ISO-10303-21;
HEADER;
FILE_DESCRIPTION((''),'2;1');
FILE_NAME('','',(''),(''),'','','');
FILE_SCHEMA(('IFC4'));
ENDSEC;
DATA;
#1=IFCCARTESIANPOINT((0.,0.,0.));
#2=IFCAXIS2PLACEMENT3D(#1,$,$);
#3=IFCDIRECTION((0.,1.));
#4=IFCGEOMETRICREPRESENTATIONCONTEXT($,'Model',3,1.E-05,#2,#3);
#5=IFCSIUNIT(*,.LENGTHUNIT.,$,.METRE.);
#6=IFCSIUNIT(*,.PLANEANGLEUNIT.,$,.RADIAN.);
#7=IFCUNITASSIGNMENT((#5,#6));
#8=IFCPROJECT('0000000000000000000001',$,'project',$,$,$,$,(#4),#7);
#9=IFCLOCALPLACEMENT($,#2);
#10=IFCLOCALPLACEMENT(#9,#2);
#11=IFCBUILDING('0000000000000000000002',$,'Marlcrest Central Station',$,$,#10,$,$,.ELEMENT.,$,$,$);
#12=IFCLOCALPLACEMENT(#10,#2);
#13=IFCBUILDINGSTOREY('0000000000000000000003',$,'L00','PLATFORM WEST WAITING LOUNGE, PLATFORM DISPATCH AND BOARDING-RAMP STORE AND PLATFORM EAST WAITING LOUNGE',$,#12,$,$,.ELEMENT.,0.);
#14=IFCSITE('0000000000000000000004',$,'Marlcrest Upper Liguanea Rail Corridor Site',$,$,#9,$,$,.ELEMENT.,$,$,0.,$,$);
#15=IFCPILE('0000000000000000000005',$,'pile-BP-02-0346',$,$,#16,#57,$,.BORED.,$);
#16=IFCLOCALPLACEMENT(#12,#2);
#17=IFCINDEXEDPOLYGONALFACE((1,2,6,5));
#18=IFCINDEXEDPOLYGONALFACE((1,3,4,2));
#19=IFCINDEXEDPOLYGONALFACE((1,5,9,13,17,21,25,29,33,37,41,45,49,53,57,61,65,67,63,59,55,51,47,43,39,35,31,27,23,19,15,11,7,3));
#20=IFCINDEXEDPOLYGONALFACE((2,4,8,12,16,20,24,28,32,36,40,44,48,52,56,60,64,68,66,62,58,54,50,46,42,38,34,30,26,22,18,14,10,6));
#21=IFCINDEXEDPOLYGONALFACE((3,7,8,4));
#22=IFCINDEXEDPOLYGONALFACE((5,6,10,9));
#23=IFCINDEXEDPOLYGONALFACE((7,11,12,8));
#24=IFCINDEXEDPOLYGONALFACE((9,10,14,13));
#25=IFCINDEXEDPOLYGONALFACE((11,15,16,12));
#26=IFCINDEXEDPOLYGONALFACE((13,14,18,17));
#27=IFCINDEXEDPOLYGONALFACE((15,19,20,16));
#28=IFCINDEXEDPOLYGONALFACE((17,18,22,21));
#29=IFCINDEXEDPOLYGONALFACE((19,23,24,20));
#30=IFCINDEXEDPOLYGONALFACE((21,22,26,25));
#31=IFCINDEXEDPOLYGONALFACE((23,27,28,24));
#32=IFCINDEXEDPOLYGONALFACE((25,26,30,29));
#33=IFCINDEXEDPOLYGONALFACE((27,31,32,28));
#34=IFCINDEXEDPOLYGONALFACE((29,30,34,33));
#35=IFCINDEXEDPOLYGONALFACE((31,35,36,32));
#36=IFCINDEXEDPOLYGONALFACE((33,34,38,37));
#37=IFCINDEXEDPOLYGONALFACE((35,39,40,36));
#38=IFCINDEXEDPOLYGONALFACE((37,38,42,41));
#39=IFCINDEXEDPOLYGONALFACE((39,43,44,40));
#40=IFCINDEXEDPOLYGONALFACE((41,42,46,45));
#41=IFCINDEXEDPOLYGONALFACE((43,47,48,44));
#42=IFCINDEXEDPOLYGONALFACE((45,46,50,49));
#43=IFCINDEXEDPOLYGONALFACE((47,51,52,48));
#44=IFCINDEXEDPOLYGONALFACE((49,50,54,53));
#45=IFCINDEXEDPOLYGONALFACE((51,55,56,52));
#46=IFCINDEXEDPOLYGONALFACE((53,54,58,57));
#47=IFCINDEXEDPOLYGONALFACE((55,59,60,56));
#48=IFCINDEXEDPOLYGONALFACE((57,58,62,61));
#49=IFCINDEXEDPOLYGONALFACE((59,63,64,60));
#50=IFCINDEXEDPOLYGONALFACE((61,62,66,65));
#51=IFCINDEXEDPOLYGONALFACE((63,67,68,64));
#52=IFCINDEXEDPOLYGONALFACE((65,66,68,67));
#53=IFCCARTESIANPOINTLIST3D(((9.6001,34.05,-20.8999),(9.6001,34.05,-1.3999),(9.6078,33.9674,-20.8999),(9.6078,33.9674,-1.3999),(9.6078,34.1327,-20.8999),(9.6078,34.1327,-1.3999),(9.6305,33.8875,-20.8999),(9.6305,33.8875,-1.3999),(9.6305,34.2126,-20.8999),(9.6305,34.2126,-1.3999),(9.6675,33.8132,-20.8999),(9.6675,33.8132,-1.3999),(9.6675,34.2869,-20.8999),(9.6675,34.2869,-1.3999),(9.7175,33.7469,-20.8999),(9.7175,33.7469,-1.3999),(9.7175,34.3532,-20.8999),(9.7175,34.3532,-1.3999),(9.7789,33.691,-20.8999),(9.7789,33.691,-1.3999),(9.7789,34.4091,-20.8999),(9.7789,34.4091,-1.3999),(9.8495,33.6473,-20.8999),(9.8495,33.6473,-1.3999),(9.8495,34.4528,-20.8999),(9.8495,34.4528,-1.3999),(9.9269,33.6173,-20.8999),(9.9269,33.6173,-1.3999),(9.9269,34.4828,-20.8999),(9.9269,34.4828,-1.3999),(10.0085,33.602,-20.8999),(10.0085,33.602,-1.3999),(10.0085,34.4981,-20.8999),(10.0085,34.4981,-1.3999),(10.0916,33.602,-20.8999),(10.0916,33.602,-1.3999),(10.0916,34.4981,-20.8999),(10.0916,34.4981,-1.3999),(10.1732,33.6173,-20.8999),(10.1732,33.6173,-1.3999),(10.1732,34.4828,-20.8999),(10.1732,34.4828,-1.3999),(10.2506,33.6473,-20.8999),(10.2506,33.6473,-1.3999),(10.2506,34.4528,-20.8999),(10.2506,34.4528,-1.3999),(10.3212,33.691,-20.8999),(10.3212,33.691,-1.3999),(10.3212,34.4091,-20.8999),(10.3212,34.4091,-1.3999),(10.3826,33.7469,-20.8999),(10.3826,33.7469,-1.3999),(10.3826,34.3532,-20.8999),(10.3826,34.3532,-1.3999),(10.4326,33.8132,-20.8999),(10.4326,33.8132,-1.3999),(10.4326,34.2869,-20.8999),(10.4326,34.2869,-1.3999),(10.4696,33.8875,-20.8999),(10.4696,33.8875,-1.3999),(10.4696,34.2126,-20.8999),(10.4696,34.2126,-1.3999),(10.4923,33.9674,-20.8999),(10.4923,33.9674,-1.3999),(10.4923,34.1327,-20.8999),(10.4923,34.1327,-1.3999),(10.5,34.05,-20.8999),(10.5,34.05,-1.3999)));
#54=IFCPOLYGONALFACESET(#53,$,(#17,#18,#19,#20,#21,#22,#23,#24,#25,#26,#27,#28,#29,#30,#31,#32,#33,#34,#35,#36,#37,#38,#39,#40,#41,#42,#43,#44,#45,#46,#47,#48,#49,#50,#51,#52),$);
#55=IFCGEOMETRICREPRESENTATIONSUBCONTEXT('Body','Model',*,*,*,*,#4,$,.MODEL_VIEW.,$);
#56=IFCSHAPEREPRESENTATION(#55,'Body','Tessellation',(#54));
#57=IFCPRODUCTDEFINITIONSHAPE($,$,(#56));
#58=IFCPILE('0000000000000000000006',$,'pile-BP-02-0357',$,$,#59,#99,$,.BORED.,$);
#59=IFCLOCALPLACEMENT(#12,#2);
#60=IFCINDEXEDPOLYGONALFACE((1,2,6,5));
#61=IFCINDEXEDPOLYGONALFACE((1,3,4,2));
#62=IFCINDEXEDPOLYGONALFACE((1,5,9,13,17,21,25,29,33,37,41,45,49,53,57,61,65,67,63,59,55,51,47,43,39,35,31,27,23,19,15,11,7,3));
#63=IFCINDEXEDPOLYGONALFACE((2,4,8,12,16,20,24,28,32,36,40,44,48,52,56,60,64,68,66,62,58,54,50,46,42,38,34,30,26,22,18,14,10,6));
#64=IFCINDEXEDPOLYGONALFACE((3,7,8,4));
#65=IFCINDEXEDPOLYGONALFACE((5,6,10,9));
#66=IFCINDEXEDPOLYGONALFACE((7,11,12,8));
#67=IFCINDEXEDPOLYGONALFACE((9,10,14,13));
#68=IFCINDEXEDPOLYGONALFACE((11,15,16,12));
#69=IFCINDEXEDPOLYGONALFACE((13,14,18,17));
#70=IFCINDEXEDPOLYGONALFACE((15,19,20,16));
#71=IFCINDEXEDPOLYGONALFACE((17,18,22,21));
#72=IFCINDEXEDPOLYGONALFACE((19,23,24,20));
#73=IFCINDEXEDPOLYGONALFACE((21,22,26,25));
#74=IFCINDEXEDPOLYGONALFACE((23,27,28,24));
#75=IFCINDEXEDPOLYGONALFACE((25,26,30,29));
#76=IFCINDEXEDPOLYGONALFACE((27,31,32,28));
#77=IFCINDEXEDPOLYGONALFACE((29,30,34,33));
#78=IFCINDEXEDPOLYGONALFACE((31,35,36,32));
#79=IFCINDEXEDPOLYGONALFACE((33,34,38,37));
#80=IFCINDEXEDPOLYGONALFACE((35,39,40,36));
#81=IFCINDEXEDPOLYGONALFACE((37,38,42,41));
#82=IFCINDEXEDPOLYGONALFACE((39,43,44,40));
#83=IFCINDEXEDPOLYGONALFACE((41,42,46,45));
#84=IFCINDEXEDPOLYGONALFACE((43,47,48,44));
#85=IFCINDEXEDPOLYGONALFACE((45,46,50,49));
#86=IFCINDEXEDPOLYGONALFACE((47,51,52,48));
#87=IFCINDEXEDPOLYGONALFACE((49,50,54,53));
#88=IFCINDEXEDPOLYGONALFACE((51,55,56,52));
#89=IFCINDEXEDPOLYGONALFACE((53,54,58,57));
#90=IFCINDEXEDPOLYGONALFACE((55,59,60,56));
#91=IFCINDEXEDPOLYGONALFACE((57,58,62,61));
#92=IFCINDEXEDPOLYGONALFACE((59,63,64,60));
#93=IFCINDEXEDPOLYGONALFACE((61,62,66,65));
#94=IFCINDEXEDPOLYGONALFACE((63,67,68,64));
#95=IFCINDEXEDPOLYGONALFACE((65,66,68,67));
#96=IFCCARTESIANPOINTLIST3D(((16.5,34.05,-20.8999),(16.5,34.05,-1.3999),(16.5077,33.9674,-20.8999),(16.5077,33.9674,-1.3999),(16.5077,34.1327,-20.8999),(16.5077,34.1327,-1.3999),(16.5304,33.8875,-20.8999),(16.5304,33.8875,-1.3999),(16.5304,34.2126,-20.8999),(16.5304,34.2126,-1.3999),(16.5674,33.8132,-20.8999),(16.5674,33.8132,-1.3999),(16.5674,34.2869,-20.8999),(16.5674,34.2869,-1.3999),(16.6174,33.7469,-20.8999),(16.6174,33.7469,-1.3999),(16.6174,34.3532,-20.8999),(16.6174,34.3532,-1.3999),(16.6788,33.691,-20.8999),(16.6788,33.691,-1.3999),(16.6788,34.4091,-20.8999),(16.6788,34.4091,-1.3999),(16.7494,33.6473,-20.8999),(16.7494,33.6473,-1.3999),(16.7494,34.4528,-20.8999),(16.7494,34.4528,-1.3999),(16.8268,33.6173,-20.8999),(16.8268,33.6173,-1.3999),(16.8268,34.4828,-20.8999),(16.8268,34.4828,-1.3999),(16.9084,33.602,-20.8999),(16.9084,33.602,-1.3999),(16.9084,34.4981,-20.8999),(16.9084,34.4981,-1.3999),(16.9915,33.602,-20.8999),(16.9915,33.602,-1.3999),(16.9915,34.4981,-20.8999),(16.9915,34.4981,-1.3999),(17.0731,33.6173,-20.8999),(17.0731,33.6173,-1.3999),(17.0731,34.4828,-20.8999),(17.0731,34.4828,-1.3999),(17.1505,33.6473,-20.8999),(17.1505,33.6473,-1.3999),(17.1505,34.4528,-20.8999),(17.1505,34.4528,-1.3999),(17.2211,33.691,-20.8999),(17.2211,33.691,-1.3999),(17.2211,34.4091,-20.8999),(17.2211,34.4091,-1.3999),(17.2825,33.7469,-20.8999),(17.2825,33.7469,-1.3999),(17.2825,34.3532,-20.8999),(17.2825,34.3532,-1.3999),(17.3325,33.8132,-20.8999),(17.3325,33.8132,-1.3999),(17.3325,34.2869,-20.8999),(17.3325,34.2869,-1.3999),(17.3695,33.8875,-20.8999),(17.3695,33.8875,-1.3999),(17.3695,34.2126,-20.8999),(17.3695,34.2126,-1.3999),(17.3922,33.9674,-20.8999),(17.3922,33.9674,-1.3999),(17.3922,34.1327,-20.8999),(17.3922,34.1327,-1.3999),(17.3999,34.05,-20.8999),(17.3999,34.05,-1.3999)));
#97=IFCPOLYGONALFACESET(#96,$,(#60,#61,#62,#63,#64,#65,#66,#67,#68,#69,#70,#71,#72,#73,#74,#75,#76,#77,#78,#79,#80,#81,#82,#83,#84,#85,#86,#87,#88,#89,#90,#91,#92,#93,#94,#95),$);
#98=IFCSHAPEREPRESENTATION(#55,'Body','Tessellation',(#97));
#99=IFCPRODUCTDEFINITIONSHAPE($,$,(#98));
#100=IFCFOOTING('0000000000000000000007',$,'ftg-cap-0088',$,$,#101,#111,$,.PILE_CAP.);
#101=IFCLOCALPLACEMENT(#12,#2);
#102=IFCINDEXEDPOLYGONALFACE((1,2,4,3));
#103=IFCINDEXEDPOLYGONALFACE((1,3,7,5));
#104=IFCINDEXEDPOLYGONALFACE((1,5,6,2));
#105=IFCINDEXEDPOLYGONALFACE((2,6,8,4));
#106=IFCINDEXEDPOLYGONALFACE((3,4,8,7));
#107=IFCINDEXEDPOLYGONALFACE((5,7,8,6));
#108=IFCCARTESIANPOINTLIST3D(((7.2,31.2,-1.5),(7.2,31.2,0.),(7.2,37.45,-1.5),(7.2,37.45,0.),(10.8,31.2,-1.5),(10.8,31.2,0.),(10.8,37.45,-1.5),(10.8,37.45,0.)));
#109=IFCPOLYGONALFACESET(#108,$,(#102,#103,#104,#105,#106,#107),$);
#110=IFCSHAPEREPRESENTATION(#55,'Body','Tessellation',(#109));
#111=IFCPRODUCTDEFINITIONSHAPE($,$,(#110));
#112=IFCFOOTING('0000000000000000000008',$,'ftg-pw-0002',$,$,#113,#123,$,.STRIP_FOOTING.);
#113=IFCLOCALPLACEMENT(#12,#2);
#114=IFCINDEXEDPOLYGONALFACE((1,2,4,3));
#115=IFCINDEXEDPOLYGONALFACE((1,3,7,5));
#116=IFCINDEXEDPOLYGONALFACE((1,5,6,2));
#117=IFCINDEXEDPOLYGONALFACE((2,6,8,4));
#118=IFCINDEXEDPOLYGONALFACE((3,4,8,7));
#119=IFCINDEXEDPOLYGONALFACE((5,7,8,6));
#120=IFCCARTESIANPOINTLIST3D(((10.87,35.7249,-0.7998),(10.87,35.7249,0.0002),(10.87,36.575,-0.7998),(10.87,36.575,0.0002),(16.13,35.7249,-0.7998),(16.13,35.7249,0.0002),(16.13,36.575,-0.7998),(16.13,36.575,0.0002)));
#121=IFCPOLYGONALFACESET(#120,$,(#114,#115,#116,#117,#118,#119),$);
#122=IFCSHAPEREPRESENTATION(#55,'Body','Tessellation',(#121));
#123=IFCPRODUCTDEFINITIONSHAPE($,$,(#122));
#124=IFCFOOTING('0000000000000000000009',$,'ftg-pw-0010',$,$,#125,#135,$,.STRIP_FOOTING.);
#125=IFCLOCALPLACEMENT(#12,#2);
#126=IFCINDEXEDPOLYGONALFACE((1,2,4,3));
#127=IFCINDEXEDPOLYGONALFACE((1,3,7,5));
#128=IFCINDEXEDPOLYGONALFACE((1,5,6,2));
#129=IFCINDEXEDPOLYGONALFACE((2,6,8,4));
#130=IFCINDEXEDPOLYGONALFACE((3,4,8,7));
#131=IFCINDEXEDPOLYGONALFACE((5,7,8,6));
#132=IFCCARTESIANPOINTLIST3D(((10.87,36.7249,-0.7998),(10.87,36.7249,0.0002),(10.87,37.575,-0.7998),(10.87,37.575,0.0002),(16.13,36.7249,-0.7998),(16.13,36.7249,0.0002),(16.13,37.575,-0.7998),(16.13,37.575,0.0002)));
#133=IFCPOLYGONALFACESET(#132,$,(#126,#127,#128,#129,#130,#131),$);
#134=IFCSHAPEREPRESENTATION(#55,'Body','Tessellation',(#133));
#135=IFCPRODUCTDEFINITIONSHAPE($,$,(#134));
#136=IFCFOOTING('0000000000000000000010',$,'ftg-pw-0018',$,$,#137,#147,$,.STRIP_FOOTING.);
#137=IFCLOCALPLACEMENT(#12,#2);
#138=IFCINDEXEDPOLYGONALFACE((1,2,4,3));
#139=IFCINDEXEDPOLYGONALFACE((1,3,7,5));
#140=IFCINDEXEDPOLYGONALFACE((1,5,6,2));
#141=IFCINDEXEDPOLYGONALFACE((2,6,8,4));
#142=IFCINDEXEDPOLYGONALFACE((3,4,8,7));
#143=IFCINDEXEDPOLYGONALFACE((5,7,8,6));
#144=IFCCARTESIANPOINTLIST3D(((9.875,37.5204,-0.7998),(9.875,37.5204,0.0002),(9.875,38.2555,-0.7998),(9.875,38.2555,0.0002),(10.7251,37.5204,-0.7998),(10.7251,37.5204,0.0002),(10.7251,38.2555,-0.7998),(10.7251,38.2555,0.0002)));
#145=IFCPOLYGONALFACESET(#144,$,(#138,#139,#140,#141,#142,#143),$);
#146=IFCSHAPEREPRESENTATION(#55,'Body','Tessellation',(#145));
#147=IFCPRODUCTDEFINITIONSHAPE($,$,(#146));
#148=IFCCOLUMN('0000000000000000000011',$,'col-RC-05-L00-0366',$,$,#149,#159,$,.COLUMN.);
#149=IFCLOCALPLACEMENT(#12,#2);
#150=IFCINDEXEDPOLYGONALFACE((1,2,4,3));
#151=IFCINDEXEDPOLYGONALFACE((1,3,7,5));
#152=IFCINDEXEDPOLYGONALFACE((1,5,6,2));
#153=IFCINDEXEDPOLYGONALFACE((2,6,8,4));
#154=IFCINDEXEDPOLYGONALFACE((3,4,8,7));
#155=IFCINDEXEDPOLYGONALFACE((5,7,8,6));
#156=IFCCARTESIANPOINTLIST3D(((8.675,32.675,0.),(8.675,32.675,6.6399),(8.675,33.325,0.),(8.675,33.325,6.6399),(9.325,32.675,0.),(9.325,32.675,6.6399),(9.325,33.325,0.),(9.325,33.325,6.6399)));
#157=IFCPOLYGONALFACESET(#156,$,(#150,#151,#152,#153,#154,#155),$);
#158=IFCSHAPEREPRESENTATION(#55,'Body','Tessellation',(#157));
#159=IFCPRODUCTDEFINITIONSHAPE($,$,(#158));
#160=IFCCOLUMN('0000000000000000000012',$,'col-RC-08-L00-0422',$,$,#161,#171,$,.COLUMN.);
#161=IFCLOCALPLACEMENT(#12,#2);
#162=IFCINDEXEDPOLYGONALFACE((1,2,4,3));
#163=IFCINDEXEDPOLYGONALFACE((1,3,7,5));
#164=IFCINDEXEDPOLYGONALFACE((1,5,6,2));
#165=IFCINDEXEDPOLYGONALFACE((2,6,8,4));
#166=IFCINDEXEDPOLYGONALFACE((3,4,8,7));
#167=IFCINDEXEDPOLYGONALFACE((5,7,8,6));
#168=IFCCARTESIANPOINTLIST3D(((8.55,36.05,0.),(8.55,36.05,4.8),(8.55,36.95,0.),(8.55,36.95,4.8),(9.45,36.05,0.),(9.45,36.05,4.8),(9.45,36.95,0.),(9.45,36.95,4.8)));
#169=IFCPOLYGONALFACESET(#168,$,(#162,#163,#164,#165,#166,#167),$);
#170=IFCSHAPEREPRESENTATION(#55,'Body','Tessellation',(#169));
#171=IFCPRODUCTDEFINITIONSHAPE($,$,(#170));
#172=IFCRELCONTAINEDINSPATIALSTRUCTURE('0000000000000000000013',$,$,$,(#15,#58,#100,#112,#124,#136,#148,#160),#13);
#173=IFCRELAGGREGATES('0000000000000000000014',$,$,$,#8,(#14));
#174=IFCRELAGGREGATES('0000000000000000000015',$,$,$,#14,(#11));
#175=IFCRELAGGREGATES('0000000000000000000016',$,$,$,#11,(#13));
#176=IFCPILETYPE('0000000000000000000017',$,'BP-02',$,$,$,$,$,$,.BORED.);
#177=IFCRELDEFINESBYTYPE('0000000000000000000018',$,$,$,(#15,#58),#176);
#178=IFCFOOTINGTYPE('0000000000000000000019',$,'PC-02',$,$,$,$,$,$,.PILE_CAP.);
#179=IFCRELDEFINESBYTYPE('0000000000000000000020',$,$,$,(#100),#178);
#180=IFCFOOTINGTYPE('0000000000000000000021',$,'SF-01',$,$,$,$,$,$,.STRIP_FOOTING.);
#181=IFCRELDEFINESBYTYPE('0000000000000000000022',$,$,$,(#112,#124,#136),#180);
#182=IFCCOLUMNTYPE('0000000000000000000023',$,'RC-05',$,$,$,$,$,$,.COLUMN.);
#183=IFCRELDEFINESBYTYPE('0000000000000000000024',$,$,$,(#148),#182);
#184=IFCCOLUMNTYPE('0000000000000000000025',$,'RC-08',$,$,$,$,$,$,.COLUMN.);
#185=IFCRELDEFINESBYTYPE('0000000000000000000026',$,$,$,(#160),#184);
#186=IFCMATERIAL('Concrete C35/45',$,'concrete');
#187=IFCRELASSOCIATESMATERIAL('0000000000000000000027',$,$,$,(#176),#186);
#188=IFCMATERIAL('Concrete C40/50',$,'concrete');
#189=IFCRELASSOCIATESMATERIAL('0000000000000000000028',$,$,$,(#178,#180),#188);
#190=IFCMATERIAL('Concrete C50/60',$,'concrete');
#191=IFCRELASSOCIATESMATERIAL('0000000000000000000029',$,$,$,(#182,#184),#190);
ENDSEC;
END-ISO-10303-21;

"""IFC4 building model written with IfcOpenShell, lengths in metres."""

from ifc_helpers import new_model, si_unit, direction, frame, origin, origin_2d, place, context, subcontext, project, spatial, rectangle, circle, extrude, material, material_profile, profile_set, type_object, element, save


model = new_model("IFC4")

# Units and contexts
model_context = context("Model", 3, precision=1e-05, world=origin(), true_north=direction((0.0, 1.0)))
body_context = subcontext(model_context, "Body", "Model", "MODEL_VIEW")
ifc_project = project(units=[si_unit("LENGTHUNIT", "METRE"), si_unit("PLANEANGLEUNIT", "RADIAN")], contexts=[model_context])

# Site, building, storey
site_placement = place(None, origin())
site = spatial("IfcSite", under=ifc_project, at=site_placement, Name="Marlcrest Upper Liguanea Rail Corridor Site", CompositionType="ELEMENT", RefElevation=0.0)
building_placement = place(site_placement, origin())
building = spatial("IfcBuilding", under=site, at=building_placement, Name="Marlcrest Central Station", CompositionType="ELEMENT")
storey_placement = place(building_placement, origin())
storey = spatial("IfcBuildingStorey", under=building, at=storey_placement, Name="L00", Description="PLATFORM WEST WAITING LOUNGE, PLATFORM DISPATCH AND BOARDING-RAMP STORE AND PLATFORM EAST WAITING LOUNGE", CompositionType="ELEMENT", Elevation=0.0)

# Piles
ifc_material_1 = material(Name="Concrete C35/45", Category="concrete")
ifc_material_profile_1 = material_profile(ifc_material_1, circle(Radius=0.45, at=origin_2d()), Name="PILE D900")
ifc_profile_set_1 = profile_set([ifc_material_profile_1], Name="Concrete C35/45")
pile_type = type_object("IfcPileType", Name="BP-02", PredefinedType="BORED", material=ifc_profile_set_1)
for number, where, z_axis, x_axis, name in (
    (1, (10.05, 34.05, -1.3999), (0.0, 0.0, -1.0), (1.0, 0.0, 0.0), "pile-BP-02-0346"),
    (2, (16.95, 34.05, -1.3999), (0.0, 0.0, -1.0), (1.0, 0.0, 0.0), "pile-BP-02-0357"),
):
    element("IfcPile", number, at=place(storey_placement, frame(where, z_axis=z_axis, x_axis=x_axis)), inside=storey, type_object=pile_type, Name=name, PredefinedType="BORED", context=body_context, shape_type="SweptSolid", body=[
        extrude(circle(Radius=0.45, at=origin_2d()), origin(), (0.0, 0.0, 1.0), 19.5),
    ])

# Footings
ifc_material_2 = material(Name="Concrete C40/50", Category="concrete")
footing_type_1 = type_object("IfcFootingType", Name="PC-02", PredefinedType="PILE_CAP", material=ifc_material_2)
footing_1_placement = place(storey_placement, frame((9.0, 34.325, -1.5), z_axis=(0.0, 0.0, 1.0), x_axis=(1.0, 0.0, 0.0)))
element("IfcFooting", 3, at=footing_1_placement, inside=storey, type_object=footing_type_1, Name="ftg-cap-0088", PredefinedType="PILE_CAP", context=body_context, shape_type="SweptSolid", body=[
    extrude(rectangle(XDim=3.6001, YDim=6.25, at=origin_2d()), origin(), (0.0, 0.0, 1.0), 1.5),
])
footing_type_2 = type_object("IfcFootingType", Name="SF-01", PredefinedType="STRIP_FOOTING", material=ifc_material_2)
for number, where, z_axis, x_axis, name in (
    (4, (13.5, 36.1499, -0.7998), (0.0, 0.0, 1.0), (1.0, 0.0, 0.0), "ftg-pw-0002"),
    (5, (13.5, 37.1499, -0.7998), (0.0, 0.0, 1.0), (1.0, 0.0, 0.0), "ftg-pw-0010"),
):
    element("IfcFooting", number, at=place(storey_placement, frame(where, z_axis=z_axis, x_axis=x_axis)), inside=storey, type_object=footing_type_2, Name=name, PredefinedType="STRIP_FOOTING", context=body_context, shape_type="SweptSolid", body=[
        extrude(rectangle(XDim=5.26, YDim=0.8501, at=origin_2d()), origin(), (0.0, 0.0, 1.0), 0.8),
    ])
footing_2_placement = place(storey_placement, frame((10.3, 37.8879, -0.7998), z_axis=(0.0, 0.0, 1.0), x_axis=(1.0, 0.0, 0.0)))
element("IfcFooting", 6, at=footing_2_placement, inside=storey, type_object=footing_type_2, Name="ftg-pw-0018", PredefinedType="STRIP_FOOTING", context=body_context, shape_type="SweptSolid", body=[
    extrude(rectangle(XDim=0.8501, YDim=0.7351, at=origin_2d()), origin(), (0.0, 0.0, 1.0), 0.8),
])

# Columns
ifc_material_3 = material(Name="Concrete C50/60", Category="concrete")
ifc_material_profile_2 = material_profile(ifc_material_3, rectangle(XDim=0.6499, YDim=0.6499, at=origin_2d()), Name="RC 650x650")
ifc_profile_set_2 = profile_set([ifc_material_profile_2], Name="Concrete C50/60")
column_type_1 = type_object("IfcColumnType", Name="RC-05", PredefinedType="COLUMN", material=ifc_profile_set_2)
column_1_placement = place(storey_placement, frame((9.0, 33.0, 0.0), z_axis=(0.0, 0.0, 1.0), x_axis=(1.0, 0.0, 0.0)))
element("IfcColumn", 7, at=column_1_placement, inside=storey, type_object=column_type_1, Name="col-RC-05-L00-0366", PredefinedType="COLUMN", context=body_context, shape_type="SweptSolid", body=[
    extrude(rectangle(XDim=0.6499, YDim=0.6499, at=origin_2d()), origin(), (0.0, 0.0, 1.0), 6.6399),
])
ifc_material_profile_3 = material_profile(ifc_material_3, rectangle(XDim=0.8999, YDim=0.8999, at=origin_2d()), Name="RC 900x900")
ifc_profile_set_3 = profile_set([ifc_material_profile_3], Name="Concrete C50/60")
column_type_2 = type_object("IfcColumnType", Name="RC-08", PredefinedType="COLUMN", material=ifc_profile_set_3)
column_2_placement = place(storey_placement, frame((9.0, 36.5, 0.0), z_axis=(0.0, 0.0, 1.0), x_axis=(1.0, 0.0, 0.0)))
element("IfcColumn", 8, at=column_2_placement, inside=storey, type_object=column_type_2, Name="col-RC-08-L00-0422", PredefinedType="COLUMN", context=body_context, shape_type="SweptSolid", body=[
    extrude(rectangle(XDim=0.8999, YDim=0.8999, at=origin_2d()), origin(), (0.0, 0.0, 1.0), 4.8),
])

save(model, "model.ifc")
